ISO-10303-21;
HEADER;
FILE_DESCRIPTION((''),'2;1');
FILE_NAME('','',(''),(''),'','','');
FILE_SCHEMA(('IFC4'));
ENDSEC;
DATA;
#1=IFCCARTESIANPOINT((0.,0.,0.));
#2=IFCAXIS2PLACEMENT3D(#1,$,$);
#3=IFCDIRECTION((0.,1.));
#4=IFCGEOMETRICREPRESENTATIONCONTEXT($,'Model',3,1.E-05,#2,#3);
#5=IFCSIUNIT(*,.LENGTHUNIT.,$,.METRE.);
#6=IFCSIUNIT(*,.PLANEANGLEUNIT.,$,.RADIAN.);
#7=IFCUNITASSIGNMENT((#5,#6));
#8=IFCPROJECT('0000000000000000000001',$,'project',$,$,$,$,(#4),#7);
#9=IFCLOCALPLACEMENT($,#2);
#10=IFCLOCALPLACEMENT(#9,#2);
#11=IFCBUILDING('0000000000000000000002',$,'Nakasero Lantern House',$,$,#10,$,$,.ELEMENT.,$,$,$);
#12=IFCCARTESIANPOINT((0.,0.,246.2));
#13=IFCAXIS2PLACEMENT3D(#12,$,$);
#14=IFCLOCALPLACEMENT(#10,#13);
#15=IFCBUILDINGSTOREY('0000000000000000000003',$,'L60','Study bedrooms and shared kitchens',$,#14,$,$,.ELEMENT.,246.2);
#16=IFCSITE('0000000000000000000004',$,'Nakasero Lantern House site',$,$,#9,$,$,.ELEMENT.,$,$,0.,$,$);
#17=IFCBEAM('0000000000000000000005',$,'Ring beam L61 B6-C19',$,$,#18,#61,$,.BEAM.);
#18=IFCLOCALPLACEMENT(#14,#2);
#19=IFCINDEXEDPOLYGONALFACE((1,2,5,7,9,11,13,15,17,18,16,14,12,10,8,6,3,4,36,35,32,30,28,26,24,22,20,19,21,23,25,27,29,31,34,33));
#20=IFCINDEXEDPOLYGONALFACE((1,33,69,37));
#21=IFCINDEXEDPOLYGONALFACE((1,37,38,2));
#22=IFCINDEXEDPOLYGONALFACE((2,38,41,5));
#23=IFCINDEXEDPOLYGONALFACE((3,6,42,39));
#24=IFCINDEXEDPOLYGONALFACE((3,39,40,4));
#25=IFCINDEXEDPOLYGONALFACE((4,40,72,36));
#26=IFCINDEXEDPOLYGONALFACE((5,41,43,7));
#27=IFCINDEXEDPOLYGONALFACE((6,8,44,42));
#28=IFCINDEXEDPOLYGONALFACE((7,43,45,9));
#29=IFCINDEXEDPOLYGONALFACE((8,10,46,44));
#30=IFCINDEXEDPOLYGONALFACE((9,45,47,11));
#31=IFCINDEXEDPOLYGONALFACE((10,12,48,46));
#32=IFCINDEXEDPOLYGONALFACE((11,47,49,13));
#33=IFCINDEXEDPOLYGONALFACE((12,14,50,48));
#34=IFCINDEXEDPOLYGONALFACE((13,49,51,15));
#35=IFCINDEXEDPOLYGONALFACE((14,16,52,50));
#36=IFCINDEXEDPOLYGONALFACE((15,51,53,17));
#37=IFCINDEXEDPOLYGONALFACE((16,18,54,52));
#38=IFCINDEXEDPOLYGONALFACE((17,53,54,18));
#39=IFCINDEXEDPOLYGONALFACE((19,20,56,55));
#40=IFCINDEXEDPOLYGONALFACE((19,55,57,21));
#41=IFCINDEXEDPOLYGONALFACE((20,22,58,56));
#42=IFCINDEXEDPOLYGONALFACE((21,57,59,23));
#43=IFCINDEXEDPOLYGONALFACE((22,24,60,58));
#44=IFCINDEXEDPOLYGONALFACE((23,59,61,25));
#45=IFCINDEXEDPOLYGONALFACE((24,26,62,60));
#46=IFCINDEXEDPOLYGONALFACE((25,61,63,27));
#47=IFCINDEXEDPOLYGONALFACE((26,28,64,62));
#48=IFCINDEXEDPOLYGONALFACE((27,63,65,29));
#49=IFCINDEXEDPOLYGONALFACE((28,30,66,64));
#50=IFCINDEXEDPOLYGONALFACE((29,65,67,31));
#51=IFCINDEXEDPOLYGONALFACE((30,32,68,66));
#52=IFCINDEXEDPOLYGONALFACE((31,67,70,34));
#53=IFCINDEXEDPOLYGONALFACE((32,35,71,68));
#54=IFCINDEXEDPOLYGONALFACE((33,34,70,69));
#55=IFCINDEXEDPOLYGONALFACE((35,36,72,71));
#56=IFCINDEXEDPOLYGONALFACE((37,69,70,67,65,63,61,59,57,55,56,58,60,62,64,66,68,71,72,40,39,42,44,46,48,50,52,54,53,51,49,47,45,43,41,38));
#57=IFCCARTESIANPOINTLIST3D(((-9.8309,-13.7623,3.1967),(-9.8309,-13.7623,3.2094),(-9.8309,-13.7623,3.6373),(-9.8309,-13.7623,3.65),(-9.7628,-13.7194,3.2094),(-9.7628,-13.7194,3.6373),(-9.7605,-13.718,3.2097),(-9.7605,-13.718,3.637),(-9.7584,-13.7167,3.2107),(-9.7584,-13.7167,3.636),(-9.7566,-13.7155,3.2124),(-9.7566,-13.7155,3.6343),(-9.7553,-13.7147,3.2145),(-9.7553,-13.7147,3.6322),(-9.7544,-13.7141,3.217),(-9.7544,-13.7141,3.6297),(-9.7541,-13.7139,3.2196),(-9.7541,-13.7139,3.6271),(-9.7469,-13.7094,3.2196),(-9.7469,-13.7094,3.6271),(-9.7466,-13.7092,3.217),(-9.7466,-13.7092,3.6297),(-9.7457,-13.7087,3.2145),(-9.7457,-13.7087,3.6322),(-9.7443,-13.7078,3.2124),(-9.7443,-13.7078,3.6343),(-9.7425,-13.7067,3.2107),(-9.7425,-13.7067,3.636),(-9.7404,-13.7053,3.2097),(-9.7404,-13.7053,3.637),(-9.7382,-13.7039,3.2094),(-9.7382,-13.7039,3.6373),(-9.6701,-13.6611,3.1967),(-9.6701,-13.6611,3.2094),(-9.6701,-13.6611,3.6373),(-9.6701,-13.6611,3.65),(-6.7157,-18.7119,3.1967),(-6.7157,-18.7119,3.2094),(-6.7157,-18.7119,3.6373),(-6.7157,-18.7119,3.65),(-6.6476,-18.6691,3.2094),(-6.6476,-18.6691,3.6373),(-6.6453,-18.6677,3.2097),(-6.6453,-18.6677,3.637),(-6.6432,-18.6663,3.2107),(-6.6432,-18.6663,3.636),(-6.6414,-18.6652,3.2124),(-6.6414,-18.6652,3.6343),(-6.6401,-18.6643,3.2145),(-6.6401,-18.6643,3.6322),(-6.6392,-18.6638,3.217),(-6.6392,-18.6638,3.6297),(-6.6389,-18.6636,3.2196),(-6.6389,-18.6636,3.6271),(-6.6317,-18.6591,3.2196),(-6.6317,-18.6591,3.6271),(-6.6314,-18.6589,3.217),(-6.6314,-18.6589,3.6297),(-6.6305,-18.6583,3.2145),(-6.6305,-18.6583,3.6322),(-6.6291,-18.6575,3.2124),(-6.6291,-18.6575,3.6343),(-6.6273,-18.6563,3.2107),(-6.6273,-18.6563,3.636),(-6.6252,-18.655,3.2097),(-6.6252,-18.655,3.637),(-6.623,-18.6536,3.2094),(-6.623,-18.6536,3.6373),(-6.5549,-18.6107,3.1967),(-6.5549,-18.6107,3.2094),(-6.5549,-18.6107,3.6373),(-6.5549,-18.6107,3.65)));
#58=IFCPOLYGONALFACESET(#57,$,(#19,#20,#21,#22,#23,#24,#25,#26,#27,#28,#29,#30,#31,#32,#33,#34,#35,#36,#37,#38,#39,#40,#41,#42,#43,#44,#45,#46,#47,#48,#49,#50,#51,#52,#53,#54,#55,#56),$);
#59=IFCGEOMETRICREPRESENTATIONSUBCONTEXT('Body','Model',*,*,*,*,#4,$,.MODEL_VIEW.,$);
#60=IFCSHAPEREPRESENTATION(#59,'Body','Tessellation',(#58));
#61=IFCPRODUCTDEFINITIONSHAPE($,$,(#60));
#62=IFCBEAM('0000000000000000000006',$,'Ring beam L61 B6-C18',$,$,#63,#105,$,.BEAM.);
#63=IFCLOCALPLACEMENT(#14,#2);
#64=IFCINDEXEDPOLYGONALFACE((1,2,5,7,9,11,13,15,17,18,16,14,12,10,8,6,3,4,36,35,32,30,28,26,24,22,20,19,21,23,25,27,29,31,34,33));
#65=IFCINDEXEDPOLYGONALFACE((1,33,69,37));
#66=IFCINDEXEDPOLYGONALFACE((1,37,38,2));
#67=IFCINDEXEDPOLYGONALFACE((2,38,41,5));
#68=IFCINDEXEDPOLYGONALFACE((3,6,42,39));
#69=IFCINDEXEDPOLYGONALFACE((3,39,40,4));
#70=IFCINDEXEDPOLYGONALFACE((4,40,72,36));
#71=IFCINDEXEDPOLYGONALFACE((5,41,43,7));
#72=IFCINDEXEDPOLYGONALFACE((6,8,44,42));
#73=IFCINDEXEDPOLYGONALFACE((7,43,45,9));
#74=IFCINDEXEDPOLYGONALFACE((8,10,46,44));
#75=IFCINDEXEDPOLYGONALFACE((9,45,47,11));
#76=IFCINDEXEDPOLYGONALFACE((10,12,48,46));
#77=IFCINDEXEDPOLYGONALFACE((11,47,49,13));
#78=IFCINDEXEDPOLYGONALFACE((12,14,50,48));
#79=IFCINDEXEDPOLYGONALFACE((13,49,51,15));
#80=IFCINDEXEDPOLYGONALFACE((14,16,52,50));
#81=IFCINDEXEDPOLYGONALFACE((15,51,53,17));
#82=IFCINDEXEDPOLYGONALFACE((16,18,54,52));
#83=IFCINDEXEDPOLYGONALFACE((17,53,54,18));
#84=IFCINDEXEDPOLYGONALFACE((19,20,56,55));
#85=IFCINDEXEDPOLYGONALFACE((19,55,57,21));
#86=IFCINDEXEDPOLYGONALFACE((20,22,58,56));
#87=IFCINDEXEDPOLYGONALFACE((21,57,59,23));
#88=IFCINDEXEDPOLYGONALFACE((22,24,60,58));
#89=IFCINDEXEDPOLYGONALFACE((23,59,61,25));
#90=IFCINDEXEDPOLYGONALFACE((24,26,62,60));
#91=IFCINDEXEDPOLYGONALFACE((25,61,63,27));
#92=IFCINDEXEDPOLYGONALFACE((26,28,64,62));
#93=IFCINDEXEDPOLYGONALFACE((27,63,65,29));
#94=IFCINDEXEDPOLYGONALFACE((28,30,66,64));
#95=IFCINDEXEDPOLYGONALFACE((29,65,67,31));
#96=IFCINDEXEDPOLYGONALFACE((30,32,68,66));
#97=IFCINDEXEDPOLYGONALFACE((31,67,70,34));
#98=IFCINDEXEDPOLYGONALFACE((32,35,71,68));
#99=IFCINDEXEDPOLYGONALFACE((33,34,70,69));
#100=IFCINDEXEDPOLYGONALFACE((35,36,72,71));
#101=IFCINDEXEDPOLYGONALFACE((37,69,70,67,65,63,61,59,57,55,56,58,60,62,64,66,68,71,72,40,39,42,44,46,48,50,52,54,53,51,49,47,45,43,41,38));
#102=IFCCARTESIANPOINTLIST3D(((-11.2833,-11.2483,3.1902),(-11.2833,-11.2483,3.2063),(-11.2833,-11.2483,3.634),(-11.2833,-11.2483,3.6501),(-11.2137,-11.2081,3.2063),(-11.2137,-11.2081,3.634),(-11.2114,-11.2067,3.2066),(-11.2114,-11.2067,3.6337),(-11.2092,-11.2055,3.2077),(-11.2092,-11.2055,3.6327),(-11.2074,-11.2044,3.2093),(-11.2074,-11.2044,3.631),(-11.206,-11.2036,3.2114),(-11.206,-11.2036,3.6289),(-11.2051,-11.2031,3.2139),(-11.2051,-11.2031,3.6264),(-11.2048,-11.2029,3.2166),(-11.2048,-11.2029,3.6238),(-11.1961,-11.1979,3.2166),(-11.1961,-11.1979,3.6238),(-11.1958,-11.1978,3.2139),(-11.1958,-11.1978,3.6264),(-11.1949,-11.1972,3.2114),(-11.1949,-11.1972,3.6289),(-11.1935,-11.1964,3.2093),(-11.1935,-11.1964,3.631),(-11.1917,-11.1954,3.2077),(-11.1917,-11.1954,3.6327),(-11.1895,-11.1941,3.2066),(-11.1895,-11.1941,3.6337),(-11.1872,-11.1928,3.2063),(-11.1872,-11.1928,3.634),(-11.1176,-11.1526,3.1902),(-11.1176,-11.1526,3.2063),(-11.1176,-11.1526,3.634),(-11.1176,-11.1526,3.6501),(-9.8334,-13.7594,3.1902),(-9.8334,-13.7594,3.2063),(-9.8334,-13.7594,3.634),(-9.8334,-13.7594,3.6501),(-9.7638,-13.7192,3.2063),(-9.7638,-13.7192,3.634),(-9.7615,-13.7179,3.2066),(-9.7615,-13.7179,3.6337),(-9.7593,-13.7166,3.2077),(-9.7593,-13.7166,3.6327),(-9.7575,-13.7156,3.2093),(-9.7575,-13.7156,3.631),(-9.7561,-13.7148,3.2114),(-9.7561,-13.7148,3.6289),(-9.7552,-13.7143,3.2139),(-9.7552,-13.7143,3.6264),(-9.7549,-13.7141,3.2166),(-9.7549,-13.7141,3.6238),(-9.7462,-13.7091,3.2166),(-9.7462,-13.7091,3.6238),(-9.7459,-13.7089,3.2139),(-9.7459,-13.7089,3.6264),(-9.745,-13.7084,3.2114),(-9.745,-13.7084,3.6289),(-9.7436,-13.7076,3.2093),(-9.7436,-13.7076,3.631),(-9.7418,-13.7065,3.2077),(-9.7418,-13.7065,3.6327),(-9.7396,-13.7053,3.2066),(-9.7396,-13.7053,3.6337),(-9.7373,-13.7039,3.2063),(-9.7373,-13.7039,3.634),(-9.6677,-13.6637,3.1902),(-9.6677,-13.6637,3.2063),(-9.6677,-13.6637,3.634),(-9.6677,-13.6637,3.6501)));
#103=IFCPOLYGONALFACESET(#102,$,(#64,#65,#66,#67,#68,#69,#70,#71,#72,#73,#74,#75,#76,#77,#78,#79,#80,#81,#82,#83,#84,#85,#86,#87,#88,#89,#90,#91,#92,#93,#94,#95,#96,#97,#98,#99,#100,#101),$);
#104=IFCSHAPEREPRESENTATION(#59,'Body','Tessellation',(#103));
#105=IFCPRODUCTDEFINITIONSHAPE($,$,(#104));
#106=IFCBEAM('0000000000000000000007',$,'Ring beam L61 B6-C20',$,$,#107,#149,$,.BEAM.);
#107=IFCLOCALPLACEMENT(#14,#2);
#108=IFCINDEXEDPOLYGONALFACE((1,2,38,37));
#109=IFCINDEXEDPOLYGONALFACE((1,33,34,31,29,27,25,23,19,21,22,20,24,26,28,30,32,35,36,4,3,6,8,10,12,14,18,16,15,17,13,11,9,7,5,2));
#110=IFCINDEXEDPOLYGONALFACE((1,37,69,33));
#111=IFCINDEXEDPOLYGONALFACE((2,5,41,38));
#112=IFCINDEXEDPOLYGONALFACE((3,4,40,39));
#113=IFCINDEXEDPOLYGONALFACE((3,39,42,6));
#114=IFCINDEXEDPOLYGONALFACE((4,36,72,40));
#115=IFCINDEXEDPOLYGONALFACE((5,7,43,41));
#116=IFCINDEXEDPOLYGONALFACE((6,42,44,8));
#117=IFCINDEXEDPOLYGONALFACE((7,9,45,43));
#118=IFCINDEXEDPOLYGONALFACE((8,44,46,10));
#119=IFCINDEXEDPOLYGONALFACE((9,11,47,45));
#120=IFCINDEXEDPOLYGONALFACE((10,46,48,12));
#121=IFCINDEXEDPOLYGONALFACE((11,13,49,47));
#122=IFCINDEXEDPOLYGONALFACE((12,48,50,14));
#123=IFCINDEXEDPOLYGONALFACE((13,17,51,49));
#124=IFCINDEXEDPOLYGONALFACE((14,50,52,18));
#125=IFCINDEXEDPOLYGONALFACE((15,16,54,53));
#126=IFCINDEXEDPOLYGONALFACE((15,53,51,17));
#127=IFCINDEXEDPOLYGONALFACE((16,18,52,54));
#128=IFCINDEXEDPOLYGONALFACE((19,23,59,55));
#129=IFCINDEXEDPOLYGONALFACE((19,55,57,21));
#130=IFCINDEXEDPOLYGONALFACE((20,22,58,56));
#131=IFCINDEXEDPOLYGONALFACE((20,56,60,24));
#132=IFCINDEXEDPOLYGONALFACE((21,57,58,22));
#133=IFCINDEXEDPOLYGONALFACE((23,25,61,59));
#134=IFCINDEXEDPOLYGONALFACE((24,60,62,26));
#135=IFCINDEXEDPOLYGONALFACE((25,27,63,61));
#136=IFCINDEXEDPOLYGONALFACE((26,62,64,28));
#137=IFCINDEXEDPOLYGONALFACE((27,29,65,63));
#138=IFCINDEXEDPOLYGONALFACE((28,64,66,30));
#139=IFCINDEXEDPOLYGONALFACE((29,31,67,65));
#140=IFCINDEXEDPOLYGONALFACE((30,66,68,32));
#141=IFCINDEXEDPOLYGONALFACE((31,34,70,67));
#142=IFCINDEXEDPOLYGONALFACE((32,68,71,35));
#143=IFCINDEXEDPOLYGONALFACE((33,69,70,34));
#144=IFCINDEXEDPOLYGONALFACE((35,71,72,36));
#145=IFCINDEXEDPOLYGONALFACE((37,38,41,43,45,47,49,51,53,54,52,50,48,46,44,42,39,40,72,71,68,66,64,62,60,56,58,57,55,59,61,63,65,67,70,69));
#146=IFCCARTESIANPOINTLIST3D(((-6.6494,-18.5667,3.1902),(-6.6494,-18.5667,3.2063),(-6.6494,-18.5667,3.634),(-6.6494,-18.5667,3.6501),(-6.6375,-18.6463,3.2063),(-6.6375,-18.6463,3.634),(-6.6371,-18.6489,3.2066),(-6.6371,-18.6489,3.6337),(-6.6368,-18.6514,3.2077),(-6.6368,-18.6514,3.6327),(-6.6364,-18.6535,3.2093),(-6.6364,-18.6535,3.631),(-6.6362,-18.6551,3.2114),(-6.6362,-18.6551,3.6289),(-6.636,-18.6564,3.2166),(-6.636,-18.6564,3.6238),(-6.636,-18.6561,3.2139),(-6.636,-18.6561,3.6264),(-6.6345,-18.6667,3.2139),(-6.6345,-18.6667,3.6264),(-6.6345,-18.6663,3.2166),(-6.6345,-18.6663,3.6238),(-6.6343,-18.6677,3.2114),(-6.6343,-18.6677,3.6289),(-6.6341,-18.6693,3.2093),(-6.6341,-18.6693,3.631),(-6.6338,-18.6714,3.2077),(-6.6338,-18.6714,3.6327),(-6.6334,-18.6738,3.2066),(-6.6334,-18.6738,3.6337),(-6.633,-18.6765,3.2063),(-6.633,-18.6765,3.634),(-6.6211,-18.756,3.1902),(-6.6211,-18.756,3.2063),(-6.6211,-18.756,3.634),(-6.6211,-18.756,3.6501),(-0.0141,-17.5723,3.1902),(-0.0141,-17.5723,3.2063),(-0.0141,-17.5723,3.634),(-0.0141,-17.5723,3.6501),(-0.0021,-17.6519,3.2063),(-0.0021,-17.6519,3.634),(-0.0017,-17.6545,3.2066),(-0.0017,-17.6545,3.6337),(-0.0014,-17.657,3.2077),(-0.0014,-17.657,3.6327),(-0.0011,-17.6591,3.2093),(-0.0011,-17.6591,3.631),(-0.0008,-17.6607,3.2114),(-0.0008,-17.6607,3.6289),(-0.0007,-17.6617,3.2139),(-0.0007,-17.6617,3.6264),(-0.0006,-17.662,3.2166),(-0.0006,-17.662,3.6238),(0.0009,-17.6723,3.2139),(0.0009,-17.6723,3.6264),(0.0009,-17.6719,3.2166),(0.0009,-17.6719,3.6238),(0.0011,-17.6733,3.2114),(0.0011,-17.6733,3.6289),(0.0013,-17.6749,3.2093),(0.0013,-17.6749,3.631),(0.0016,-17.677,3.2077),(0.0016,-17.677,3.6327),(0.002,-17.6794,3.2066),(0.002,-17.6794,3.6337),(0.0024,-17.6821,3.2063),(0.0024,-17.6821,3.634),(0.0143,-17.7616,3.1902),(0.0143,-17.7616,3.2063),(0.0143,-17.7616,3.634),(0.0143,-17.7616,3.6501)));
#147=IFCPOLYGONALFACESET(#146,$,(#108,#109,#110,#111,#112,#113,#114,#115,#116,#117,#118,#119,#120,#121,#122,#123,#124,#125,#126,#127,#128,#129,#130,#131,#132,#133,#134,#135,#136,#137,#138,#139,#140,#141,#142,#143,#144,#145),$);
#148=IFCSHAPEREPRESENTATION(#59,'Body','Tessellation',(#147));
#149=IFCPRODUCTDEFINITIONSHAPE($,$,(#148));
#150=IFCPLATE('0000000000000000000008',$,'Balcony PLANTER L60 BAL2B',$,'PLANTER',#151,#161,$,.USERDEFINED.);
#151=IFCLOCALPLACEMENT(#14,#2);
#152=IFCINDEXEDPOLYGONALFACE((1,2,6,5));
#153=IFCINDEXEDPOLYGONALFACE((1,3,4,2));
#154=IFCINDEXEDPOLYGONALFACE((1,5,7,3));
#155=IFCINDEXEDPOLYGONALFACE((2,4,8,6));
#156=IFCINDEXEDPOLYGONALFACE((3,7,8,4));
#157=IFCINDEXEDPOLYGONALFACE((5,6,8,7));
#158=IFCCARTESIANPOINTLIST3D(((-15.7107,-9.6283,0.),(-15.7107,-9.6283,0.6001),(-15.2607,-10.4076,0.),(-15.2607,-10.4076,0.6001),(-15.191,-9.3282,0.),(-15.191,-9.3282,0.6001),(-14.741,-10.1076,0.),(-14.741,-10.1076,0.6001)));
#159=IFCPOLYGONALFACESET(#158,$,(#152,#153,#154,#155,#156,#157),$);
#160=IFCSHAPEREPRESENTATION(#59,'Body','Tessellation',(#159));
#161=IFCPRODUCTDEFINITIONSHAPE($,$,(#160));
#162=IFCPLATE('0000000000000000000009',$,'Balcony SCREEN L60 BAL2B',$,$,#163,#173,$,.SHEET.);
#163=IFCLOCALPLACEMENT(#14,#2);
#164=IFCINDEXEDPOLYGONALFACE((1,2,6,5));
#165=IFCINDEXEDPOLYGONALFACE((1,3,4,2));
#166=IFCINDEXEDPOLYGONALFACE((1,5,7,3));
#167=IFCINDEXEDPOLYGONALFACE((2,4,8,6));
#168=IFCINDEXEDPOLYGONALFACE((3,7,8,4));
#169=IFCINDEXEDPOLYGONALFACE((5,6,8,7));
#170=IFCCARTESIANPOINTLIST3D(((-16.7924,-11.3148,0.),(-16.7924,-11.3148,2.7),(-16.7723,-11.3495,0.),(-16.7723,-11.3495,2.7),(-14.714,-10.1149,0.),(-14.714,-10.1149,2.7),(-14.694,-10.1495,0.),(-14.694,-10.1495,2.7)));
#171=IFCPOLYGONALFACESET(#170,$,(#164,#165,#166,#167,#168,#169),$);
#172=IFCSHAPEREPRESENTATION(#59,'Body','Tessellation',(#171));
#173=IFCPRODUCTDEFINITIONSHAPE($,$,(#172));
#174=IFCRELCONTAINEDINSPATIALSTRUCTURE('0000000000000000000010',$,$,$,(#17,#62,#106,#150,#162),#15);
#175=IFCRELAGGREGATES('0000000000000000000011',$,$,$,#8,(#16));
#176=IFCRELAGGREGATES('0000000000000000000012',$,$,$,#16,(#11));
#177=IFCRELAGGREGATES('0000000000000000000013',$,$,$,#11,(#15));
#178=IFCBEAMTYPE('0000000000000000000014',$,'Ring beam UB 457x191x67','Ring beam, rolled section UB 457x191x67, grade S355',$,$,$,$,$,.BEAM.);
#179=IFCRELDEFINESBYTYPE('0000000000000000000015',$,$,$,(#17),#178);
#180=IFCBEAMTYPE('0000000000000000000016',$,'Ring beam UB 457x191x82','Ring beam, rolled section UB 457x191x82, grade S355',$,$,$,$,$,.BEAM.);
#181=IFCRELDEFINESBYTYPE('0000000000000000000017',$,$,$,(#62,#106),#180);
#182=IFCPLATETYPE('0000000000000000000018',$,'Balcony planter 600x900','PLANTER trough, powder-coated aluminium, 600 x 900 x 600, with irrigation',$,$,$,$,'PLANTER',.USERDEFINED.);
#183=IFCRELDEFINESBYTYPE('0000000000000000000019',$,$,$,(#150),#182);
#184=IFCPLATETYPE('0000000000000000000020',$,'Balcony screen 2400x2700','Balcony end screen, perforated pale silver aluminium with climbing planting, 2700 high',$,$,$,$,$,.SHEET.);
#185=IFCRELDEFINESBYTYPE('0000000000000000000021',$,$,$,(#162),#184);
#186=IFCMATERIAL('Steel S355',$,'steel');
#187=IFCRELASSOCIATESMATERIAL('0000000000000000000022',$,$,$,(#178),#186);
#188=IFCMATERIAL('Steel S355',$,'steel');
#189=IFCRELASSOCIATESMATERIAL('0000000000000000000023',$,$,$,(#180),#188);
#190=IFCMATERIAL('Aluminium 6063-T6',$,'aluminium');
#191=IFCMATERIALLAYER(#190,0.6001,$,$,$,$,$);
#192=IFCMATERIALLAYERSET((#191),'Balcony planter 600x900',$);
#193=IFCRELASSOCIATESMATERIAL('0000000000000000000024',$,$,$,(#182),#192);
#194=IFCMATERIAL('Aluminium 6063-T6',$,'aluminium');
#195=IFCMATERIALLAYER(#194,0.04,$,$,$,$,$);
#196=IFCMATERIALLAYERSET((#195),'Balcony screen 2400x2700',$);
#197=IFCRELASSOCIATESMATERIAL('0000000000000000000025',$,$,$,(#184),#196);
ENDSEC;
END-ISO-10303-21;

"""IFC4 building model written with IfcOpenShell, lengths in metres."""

from ifc_helpers import new_model, si_unit, direction, frame, origin, origin_2d, place, context, subcontext, project, spatial, rectangle, i_section, extrude, material, layer, layer_set, material_profile, profile_set, type_object, element, save


model = new_model("IFC4")

# Units and contexts
model_context = context("Model", 3, precision=1e-05, world=origin(), true_north=direction((0.0, 1.0)))
body_context = subcontext(model_context, "Body", "Model", "MODEL_VIEW")
ifc_project = project(units=[si_unit("LENGTHUNIT", "METRE"), si_unit("PLANEANGLEUNIT", "RADIAN")], contexts=[model_context])

# Site, building, storey
site_placement = place(None, origin())
site = spatial("IfcSite", under=ifc_project, at=site_placement, Name="Nakasero Lantern House site", CompositionType="ELEMENT", RefElevation=0.0)
building_placement = place(site_placement, origin())
building = spatial("IfcBuilding", under=site, at=building_placement, Name="Nakasero Lantern House", CompositionType="ELEMENT")
storey_placement = place(building_placement, frame((0.0, 0.0, 246.2)))
storey = spatial("IfcBuildingStorey", under=building, at=storey_placement, Name="L60", Description="Study bedrooms and shared kitchens", CompositionType="ELEMENT", Elevation=246.2)

# Beams
ifc_material_1 = material(Name="Steel S355", Category="steel")
ifc_material_profile_1 = material_profile(ifc_material_1, i_section(OverallWidth=0.1899, OverallDepth=0.4534, WebThickness=0.0085, FlangeThickness=0.0127, FilletRadius=0.0103, at=origin_2d()), Name="UB 457x191x67")
ifc_profile_set_1 = profile_set([ifc_material_profile_1], Name="Steel S355")
beam_type_1 = type_object("IfcBeamType", Name="Ring beam UB 457x191x67", Description="Ring beam, rolled section UB 457x191x67, grade S355", PredefinedType="BEAM", material=ifc_profile_set_1)
beam_1_placement = place(storey_placement, frame((-9.7505, -13.7117, 3.4233), z_axis=(0.53266, -0.846329, 0.0), x_axis=(0.846329, 0.53266, 0.0)))
element("IfcBeam", 1, at=beam_1_placement, inside=storey, type_object=beam_type_1, Name="Ring beam L61 B6-C19", PredefinedType="BEAM", context=body_context, shape_type="SweptSolid", body=[
    extrude(i_section(OverallWidth=0.1899, OverallDepth=0.4534, WebThickness=0.0085, FlangeThickness=0.0127, FilletRadius=0.0103, at=origin_2d()), origin(), (0.0, 0.0, 1.0), 5.8484),
])
ifc_material_2 = material(Name="Steel S355", Category="steel")
ifc_material_profile_2 = material_profile(ifc_material_2, i_section(OverallWidth=0.1914, OverallDepth=0.46, WebThickness=0.01, FlangeThickness=0.0161, FilletRadius=0.0103, at=origin_2d()), Name="UB 457x191x82")
ifc_profile_set_2 = profile_set([ifc_material_profile_2], Name="Steel S355")
beam_type_2 = type_object("IfcBeamType", Name="Ring beam UB 457x191x82", Description="Ring beam, rolled section UB 457x191x82, grade S355", PredefinedType="BEAM", material=ifc_profile_set_2)
beam_2_placement = place(storey_placement, frame((-11.2004, -11.2004, 3.4202), z_axis=(0.500024, -0.866012, 0.0), x_axis=(0.866012, 0.500024, 0.0)))
element("IfcBeam", 2, at=beam_2_placement, inside=storey, type_object=beam_type_2, Name="Ring beam L61 B6-C18", PredefinedType="BEAM", context=body_context, shape_type="SweptSolid", body=[
    extrude(i_section(OverallWidth=0.1914, OverallDepth=0.46, WebThickness=0.01, FlangeThickness=0.0161, FilletRadius=0.0103, at=origin_2d()), origin(), (0.0, 0.0, 1.0), 2.8997),
])
beam_3_placement = place(storey_placement, frame((-6.6353, -18.6614, 3.4202), z_axis=(0.988956, 0.148209, 0.0), x_axis=(-0.148209, 0.988956, 0.0)))
element("IfcBeam", 3, at=beam_3_placement, inside=storey, type_object=beam_type_2, Name="Ring beam L61 B6-C20", PredefinedType="BEAM", context=body_context, shape_type="SweptSolid", body=[
    extrude(i_section(OverallWidth=0.1914, OverallDepth=0.46, WebThickness=0.01, FlangeThickness=0.0161, FilletRadius=0.0103, at=origin_2d()), origin(), (0.0, 0.0, 1.0), 6.7095),
])

# Plates
ifc_material_3 = material(Name="Aluminium 6063-T6", Category="aluminium")
ifc_layer_1 = layer(ifc_material_3, 0.6001)
ifc_layer_set_1 = layer_set([ifc_layer_1], Name="Balcony planter 600x900")
plate_type_1 = type_object("IfcPlateType", Name="Balcony planter 600x900", Description="PLANTER trough, powder-coated aluminium, 600 x 900 x 600, with irrigation", ElementType="PLANTER", PredefinedType="USERDEFINED", material=ifc_layer_set_1)
plate_1_placement = place(storey_placement, frame((-15.2258, -9.8679, 0.0), z_axis=(0.0, 0.0, 1.0), x_axis=(-0.866025, -0.5, 0.0)))
element("IfcPlate", 4, at=plate_1_placement, inside=storey, type_object=plate_type_1, Name="Balcony PLANTER L60 BAL2B", ObjectType="PLANTER", PredefinedType="USERDEFINED", context=body_context, shape_type="SweptSolid", body=[
    extrude(rectangle(XDim=0.6001, YDim=0.8999, at=origin_2d()), origin(), (0.0, 0.0, 1.0), 0.6001),
])
ifc_material_4 = material(Name="Aluminium 6063-T6", Category="aluminium")
ifc_layer_2 = layer(ifc_material_4, 0.04)
ifc_layer_set_2 = layer_set([ifc_layer_2], Name="Balcony screen 2400x2700")
plate_type_2 = type_object("IfcPlateType", Name="Balcony screen 2400x2700", Description="Balcony end screen, perforated pale silver aluminium with climbing planting, 2700 high", PredefinedType="SHEET", material=ifc_layer_set_2)
plate_2_placement = place(storey_placement, frame((-15.7432, -10.7322, 0.0), z_axis=(0.0, 0.0, 1.0), x_axis=(-0.866025, -0.5, 0.0)))
element("IfcPlate", 5, at=plate_2_placement, inside=storey, type_object=plate_type_2, Name="Balcony SCREEN L60 BAL2B", PredefinedType="SHEET", context=body_context, shape_type="SweptSolid", body=[
    extrude(rectangle(XDim=2.3999, YDim=0.04, at=origin_2d()), origin(), (0.0, 0.0, 1.0), 2.7),
])

save(model, "model.ifc")
